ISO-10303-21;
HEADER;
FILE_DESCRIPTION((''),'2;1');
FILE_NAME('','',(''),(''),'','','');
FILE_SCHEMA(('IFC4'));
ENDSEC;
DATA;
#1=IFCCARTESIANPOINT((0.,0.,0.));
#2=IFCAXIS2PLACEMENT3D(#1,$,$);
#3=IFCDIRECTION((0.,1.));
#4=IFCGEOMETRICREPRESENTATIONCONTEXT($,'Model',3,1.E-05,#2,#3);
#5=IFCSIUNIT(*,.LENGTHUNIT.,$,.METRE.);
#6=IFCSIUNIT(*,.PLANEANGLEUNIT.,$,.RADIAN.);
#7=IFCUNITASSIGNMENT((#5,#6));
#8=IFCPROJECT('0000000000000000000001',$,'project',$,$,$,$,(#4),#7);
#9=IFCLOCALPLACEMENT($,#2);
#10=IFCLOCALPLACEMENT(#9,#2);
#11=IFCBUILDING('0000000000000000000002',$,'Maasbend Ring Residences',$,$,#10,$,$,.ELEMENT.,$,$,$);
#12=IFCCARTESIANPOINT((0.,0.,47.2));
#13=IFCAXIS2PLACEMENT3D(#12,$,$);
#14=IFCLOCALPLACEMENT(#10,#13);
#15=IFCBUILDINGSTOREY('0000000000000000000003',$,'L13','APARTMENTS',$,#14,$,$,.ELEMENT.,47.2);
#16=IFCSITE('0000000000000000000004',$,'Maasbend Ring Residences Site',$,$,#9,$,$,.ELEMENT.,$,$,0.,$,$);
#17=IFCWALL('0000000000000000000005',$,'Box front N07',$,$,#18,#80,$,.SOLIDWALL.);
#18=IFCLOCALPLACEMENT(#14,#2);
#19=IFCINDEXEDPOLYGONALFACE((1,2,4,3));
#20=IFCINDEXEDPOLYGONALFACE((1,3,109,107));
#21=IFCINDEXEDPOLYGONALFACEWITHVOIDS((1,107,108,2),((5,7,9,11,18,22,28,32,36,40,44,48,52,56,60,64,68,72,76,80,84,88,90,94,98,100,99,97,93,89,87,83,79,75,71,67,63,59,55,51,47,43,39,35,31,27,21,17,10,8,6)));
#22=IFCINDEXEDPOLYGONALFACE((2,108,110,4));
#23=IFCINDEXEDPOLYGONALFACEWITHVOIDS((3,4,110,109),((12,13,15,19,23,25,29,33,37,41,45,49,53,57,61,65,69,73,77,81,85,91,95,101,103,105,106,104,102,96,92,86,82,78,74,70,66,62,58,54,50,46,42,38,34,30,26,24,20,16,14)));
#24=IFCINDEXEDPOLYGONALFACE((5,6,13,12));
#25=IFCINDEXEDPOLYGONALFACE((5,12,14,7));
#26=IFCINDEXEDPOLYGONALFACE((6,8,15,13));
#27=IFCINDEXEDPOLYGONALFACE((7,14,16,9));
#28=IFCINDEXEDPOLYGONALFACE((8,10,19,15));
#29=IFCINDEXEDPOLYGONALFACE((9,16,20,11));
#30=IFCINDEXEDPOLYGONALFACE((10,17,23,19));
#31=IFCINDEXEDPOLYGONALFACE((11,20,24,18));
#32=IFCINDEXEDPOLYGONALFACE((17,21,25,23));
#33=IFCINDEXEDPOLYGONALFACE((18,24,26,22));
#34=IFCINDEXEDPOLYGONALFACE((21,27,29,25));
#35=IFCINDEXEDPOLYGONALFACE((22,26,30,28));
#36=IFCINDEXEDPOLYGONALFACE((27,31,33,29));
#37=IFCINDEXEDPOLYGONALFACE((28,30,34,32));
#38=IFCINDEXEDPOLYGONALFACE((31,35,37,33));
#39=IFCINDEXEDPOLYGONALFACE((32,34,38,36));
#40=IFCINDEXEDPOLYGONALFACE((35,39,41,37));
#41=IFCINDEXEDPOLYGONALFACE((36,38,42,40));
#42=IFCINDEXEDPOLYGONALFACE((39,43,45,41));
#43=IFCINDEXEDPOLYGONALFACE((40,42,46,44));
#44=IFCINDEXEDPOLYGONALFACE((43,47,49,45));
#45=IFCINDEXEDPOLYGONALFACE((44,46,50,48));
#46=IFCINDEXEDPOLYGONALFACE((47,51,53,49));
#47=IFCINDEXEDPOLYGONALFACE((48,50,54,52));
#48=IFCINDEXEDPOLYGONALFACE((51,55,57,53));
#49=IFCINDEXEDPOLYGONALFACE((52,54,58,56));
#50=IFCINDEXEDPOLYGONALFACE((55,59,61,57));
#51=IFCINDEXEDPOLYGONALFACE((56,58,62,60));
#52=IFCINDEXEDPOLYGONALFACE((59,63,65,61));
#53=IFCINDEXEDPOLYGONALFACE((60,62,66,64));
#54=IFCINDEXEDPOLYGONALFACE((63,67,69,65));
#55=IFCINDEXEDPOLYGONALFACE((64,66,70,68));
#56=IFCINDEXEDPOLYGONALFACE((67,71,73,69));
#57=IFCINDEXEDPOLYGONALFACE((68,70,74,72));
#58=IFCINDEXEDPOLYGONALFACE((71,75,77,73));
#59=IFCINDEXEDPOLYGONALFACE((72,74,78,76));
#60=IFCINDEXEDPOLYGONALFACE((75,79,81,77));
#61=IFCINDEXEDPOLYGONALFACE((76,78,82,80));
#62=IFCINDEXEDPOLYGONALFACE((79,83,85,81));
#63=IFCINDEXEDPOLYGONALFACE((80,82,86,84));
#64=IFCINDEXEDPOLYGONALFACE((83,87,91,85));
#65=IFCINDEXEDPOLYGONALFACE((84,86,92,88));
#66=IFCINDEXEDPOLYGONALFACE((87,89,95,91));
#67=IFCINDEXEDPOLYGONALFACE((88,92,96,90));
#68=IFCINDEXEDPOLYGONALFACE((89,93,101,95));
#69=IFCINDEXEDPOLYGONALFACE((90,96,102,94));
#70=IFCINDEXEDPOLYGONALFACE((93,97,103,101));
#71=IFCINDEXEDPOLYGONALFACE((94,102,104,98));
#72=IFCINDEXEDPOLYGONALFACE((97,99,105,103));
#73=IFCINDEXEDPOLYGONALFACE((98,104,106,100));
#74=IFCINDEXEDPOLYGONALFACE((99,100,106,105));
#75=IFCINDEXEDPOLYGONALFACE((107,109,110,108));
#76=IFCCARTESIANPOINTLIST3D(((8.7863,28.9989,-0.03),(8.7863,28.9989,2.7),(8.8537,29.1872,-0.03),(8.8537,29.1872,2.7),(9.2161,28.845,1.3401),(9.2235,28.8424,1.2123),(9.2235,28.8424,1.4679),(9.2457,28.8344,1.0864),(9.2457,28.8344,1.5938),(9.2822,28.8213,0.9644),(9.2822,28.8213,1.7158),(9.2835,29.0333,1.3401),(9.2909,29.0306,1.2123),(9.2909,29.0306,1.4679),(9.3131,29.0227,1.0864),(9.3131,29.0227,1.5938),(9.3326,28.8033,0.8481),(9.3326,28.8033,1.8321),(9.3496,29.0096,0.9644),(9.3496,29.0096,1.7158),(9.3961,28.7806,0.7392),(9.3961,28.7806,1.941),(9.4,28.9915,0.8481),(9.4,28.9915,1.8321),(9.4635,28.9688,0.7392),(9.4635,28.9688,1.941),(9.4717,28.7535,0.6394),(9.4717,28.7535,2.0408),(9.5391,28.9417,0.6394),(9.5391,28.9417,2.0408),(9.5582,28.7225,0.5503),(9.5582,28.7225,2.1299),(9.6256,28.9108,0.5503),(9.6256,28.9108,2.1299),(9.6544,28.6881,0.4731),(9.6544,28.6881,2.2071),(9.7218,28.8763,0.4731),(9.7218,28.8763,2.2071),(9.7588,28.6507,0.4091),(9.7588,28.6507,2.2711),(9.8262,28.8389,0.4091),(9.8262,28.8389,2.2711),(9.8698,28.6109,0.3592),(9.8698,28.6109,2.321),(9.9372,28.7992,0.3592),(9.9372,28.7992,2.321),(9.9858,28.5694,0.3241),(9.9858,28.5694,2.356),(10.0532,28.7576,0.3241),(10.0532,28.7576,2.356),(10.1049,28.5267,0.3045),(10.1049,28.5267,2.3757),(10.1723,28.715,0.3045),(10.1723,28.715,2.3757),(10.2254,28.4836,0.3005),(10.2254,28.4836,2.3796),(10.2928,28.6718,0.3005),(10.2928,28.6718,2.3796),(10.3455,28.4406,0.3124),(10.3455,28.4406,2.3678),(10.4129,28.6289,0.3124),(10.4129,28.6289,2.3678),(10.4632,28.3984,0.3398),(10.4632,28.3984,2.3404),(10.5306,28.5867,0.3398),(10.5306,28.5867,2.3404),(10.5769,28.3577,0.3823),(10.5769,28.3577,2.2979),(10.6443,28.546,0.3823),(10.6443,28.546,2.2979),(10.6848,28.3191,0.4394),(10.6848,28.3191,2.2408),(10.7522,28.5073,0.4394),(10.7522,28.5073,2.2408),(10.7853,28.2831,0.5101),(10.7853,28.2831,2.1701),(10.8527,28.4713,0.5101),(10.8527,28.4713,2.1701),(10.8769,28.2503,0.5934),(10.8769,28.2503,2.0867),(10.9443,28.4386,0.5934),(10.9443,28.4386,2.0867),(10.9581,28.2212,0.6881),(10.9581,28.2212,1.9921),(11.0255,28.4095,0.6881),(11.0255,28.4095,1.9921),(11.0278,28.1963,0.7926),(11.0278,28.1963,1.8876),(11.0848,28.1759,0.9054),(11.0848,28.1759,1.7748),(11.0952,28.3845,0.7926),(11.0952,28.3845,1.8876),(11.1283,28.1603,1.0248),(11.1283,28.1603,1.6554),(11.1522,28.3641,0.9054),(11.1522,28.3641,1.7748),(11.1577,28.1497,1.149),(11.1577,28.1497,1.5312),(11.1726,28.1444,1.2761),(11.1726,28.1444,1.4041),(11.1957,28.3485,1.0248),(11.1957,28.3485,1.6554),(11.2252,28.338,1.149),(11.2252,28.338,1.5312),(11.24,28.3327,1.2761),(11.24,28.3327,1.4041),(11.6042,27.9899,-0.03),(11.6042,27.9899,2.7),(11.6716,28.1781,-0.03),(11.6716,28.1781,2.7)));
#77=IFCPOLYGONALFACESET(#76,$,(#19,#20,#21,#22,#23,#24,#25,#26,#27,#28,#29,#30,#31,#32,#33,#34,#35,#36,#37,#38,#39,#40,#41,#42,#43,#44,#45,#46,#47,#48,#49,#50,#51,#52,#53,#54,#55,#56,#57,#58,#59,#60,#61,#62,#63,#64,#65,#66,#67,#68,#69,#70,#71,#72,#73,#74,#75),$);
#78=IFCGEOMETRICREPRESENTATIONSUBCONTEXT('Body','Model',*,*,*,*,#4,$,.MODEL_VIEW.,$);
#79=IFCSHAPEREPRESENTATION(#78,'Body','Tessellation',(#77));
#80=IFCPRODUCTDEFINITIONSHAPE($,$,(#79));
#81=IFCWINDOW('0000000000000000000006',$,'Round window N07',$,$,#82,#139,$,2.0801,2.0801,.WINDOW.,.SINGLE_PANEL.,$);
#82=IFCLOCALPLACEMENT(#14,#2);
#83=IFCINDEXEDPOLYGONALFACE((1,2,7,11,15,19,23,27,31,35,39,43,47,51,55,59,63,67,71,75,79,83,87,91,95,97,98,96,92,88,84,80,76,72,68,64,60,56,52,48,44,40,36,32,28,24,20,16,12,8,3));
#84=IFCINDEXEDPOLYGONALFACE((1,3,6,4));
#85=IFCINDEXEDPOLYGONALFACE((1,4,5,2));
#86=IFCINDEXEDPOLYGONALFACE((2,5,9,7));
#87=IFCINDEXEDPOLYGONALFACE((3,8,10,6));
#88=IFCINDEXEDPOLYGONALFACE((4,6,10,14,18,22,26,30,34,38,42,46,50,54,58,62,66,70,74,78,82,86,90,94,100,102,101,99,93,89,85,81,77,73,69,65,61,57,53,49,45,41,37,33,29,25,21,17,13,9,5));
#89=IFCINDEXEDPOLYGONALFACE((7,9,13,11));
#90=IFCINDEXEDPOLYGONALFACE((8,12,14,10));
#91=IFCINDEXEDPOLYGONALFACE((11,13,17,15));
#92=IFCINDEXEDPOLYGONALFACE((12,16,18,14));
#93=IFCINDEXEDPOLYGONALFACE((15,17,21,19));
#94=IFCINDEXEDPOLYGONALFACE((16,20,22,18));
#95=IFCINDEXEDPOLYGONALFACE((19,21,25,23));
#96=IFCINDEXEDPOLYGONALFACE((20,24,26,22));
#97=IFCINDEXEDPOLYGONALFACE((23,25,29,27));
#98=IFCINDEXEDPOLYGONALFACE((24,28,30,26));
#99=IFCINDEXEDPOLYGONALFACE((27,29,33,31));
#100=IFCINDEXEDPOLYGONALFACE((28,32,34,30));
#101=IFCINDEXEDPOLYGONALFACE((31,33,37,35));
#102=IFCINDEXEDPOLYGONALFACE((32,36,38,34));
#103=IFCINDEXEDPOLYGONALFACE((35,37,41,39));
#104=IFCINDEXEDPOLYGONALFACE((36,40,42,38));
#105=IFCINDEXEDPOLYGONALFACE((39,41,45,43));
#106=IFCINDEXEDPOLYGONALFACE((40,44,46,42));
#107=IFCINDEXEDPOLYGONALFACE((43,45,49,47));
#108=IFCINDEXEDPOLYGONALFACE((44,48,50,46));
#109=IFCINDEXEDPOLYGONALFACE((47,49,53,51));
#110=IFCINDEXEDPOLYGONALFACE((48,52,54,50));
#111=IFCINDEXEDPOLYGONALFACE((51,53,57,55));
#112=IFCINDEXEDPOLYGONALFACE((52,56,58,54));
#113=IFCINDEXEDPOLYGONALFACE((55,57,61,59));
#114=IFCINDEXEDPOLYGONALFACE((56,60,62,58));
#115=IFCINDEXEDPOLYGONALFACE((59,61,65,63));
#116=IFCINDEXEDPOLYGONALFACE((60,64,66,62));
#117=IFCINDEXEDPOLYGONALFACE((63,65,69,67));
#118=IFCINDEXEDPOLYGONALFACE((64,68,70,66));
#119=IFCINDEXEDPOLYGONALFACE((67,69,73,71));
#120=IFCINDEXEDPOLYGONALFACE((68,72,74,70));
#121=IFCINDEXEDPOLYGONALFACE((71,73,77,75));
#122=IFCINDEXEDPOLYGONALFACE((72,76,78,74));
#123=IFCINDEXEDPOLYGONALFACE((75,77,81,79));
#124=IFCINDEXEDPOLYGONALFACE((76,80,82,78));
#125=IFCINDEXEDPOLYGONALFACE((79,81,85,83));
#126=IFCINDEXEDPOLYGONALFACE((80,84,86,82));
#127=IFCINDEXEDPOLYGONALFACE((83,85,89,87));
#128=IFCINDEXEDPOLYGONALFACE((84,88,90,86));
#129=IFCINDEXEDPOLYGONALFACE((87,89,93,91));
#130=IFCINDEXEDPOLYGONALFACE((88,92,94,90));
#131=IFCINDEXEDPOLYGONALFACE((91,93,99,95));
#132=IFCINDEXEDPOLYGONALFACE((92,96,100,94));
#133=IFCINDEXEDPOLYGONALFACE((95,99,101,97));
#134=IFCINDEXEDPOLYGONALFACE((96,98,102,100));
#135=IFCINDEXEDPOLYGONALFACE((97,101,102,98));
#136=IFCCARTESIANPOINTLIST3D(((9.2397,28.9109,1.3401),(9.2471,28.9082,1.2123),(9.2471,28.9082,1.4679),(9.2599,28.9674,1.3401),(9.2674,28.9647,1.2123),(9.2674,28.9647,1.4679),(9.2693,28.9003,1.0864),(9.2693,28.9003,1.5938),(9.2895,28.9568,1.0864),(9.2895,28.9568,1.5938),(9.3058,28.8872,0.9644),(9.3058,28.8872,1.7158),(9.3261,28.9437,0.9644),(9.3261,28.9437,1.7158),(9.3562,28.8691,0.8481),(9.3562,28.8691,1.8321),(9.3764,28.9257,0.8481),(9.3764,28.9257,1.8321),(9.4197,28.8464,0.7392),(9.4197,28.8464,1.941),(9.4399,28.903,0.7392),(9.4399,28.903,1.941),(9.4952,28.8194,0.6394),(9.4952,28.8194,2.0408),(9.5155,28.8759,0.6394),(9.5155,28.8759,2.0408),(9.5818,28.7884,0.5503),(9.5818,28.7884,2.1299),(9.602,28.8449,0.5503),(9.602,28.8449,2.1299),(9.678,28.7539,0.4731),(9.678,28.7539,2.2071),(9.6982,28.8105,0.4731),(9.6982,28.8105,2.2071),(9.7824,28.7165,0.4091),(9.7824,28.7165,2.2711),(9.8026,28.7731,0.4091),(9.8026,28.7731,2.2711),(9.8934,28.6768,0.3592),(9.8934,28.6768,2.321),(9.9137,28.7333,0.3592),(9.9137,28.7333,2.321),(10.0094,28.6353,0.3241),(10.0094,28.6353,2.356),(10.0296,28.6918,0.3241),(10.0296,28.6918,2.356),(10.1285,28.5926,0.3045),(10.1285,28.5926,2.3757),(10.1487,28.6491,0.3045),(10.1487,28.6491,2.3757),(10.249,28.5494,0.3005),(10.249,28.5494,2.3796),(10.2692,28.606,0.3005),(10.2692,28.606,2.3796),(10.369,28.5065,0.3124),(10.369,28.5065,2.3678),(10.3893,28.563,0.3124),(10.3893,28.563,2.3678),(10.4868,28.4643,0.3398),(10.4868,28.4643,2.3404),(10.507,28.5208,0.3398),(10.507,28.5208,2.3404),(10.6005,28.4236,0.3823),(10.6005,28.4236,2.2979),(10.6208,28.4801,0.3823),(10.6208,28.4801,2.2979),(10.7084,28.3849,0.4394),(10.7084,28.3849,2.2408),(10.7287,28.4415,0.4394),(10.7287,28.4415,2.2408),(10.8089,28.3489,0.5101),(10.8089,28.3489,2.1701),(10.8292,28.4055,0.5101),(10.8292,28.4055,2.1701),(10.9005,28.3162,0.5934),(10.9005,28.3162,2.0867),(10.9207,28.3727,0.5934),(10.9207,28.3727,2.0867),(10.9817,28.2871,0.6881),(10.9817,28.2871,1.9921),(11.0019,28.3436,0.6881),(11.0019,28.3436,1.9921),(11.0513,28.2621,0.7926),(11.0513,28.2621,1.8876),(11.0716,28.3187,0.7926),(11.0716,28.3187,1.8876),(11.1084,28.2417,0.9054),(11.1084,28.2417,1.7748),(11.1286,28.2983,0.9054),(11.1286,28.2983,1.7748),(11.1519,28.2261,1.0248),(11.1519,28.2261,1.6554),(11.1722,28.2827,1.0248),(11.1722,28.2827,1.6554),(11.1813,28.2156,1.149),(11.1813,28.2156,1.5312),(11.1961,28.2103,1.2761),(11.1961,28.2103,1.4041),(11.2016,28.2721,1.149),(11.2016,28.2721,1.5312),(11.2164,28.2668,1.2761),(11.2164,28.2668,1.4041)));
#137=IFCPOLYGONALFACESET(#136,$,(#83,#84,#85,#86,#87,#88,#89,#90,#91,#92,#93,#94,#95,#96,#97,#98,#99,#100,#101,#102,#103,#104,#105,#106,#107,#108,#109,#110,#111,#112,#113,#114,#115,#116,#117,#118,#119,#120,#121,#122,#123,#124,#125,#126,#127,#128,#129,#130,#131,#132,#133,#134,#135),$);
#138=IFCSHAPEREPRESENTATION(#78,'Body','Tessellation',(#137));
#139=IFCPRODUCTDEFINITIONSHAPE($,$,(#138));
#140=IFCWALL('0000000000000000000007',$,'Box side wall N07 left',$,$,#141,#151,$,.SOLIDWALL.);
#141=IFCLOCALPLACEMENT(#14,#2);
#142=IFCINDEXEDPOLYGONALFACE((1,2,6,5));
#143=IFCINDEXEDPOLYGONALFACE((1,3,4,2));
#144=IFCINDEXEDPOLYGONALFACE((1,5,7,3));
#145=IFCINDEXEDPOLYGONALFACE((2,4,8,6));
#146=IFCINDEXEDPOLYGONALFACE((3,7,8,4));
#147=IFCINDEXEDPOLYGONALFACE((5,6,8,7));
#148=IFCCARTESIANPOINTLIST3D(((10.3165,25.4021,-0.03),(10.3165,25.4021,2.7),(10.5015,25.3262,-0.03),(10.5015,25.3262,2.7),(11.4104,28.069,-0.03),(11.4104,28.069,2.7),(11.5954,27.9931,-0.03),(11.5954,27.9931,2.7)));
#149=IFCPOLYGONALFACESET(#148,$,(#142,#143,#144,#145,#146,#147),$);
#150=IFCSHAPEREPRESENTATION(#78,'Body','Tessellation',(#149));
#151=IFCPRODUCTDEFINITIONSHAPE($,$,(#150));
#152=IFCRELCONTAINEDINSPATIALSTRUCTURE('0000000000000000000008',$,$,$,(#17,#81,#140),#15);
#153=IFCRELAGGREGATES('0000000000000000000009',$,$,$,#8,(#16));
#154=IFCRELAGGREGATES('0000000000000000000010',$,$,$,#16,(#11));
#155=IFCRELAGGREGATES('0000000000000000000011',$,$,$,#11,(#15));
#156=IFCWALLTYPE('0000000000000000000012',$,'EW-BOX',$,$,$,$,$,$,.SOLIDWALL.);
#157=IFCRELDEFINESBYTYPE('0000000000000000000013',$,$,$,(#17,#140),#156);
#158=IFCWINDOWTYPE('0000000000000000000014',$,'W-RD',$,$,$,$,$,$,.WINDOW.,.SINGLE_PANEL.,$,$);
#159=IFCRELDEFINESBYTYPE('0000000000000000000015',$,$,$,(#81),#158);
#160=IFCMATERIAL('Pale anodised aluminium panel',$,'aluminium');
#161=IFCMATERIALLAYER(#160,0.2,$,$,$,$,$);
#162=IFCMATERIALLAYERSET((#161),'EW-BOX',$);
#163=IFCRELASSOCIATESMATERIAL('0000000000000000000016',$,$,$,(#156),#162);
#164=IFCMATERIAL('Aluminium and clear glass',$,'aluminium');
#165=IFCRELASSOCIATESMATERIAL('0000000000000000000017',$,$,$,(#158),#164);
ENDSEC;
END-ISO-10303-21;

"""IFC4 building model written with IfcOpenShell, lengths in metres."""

from ifc_helpers import new_model, si_unit, direction, frame, frame_2d, origin, place, context, subcontext, project, spatial, rectangle, circle, extrude, material, layer, layer_set, type_object, element, fill, save


model = new_model("IFC4")

# Units and contexts
model_context = context("Model", 3, precision=1e-05, world=origin(), true_north=direction((0.0, 1.0)))
body_context = subcontext(model_context, "Body", "Model", "MODEL_VIEW")
ifc_project = project(units=[si_unit("LENGTHUNIT", "METRE"), si_unit("PLANEANGLEUNIT", "RADIAN")], contexts=[model_context])

# Site, building, storey
site_placement = place(None, origin())
site = spatial("IfcSite", under=ifc_project, at=site_placement, Name="Maasbend Ring Residences Site", CompositionType="ELEMENT", RefElevation=0.0)
building_placement = place(site_placement, origin())
building = spatial("IfcBuilding", under=site, at=building_placement, Name="Maasbend Ring Residences", CompositionType="ELEMENT")
storey_placement = place(building_placement, frame((0.0, 0.0, 47.2)))
storey = spatial("IfcBuildingStorey", under=building, at=storey_placement, Name="L13", Description="APARTMENTS", CompositionType="ELEMENT", Elevation=47.2)

# Shared definitions
ifc_material_1 = material(Name="Pale anodised aluminium panel", Category="aluminium")
ifc_layer_1 = layer(ifc_material_1, 0.2)
ifc_layer_set_1 = layer_set([ifc_layer_1], Name="EW-BOX")
wall_type_1 = type_object("IfcWallType", Name="EW-BOX", PredefinedType="SOLIDWALL", material=ifc_layer_set_1)
ifc_material_2 = material(Name="Aluminium and clear glass", Category="aluminium")
window_type_1 = type_object("IfcWindowType", Name="W-RD", PartitioningType="SINGLE_PANEL", PredefinedType="WINDOW", material=ifc_material_2)

# Wall, opening, window
wall_1_placement = place(storey_placement, frame((11.6379, 28.084, -0.03), z_axis=(0.0, 0.0, 1.0), x_axis=(-0.941461, 0.337122, 0.0)))
wall_1 = element("IfcWall", 1, at=wall_1_placement, inside=storey, type_object=wall_type_1, Name="Box front N07", PredefinedType="SOLIDWALL", context=body_context, shape_type="SweptSolid", body=[
    extrude(rectangle(XDim=2.9932, YDim=0.2, at=frame_2d((1.4966, 0.0))), origin(), (0.0, 0.0, 1.0), 2.73),
])
opening_1_placement = place(wall_1_placement, frame((0.4565, 0.0, 0.3301)))
opening_1 = element("IfcOpeningElement", 2, at=opening_1_placement, cuts=wall_1, PredefinedType="OPENING", context=body_context, shape_type="SweptSolid", body=[
    extrude(circle(Radius=1.04, at=frame_2d((1.04, 1.04))), frame((0.0, 0.1099, 0.0), z_axis=(0.0, -1.0, 0.0), x_axis=(1.0, 0.0, 0.0)), (0.0, 0.0, 1.0), 0.22),
])
window_1_placement = place(opening_1_placement, origin())
window_1 = element("IfcWindow", 3, at=window_1_placement, inside=storey, type_object=window_type_1, Name="Round window N07", OverallHeight=2.0801, OverallWidth=2.0801, PartitioningType="SINGLE_PANEL", PredefinedType="WINDOW", context=body_context, shape_type="SweptSolid", body=[
    extrude(circle(Radius=1.04, at=frame_2d((1.04, 1.04))), frame((0.0, 0.03, 0.0), z_axis=(0.0, -1.0, 0.0), x_axis=(1.0, 0.0, 0.0)), (0.0, 0.0, 1.0), 0.0601),
])
fill(opening_1, window_1)

# Wall
wall_2_placement = place(storey_placement, frame((10.4089, 25.364, -0.03), z_axis=(0.0, 0.0, 1.0), x_axis=(0.37951, 0.925188, 0.0)))
element("IfcWall", 4, at=wall_2_placement, inside=storey, type_object=wall_type_1, Name="Box side wall N07 left", PredefinedType="SOLIDWALL", context=body_context, shape_type="SweptSolid", body=[
    extrude(rectangle(XDim=2.8826, YDim=0.2, at=frame_2d((1.4414, 0.0))), origin(), (0.0, 0.0, 1.0), 2.73),
])

save(model, "model.ifc")
